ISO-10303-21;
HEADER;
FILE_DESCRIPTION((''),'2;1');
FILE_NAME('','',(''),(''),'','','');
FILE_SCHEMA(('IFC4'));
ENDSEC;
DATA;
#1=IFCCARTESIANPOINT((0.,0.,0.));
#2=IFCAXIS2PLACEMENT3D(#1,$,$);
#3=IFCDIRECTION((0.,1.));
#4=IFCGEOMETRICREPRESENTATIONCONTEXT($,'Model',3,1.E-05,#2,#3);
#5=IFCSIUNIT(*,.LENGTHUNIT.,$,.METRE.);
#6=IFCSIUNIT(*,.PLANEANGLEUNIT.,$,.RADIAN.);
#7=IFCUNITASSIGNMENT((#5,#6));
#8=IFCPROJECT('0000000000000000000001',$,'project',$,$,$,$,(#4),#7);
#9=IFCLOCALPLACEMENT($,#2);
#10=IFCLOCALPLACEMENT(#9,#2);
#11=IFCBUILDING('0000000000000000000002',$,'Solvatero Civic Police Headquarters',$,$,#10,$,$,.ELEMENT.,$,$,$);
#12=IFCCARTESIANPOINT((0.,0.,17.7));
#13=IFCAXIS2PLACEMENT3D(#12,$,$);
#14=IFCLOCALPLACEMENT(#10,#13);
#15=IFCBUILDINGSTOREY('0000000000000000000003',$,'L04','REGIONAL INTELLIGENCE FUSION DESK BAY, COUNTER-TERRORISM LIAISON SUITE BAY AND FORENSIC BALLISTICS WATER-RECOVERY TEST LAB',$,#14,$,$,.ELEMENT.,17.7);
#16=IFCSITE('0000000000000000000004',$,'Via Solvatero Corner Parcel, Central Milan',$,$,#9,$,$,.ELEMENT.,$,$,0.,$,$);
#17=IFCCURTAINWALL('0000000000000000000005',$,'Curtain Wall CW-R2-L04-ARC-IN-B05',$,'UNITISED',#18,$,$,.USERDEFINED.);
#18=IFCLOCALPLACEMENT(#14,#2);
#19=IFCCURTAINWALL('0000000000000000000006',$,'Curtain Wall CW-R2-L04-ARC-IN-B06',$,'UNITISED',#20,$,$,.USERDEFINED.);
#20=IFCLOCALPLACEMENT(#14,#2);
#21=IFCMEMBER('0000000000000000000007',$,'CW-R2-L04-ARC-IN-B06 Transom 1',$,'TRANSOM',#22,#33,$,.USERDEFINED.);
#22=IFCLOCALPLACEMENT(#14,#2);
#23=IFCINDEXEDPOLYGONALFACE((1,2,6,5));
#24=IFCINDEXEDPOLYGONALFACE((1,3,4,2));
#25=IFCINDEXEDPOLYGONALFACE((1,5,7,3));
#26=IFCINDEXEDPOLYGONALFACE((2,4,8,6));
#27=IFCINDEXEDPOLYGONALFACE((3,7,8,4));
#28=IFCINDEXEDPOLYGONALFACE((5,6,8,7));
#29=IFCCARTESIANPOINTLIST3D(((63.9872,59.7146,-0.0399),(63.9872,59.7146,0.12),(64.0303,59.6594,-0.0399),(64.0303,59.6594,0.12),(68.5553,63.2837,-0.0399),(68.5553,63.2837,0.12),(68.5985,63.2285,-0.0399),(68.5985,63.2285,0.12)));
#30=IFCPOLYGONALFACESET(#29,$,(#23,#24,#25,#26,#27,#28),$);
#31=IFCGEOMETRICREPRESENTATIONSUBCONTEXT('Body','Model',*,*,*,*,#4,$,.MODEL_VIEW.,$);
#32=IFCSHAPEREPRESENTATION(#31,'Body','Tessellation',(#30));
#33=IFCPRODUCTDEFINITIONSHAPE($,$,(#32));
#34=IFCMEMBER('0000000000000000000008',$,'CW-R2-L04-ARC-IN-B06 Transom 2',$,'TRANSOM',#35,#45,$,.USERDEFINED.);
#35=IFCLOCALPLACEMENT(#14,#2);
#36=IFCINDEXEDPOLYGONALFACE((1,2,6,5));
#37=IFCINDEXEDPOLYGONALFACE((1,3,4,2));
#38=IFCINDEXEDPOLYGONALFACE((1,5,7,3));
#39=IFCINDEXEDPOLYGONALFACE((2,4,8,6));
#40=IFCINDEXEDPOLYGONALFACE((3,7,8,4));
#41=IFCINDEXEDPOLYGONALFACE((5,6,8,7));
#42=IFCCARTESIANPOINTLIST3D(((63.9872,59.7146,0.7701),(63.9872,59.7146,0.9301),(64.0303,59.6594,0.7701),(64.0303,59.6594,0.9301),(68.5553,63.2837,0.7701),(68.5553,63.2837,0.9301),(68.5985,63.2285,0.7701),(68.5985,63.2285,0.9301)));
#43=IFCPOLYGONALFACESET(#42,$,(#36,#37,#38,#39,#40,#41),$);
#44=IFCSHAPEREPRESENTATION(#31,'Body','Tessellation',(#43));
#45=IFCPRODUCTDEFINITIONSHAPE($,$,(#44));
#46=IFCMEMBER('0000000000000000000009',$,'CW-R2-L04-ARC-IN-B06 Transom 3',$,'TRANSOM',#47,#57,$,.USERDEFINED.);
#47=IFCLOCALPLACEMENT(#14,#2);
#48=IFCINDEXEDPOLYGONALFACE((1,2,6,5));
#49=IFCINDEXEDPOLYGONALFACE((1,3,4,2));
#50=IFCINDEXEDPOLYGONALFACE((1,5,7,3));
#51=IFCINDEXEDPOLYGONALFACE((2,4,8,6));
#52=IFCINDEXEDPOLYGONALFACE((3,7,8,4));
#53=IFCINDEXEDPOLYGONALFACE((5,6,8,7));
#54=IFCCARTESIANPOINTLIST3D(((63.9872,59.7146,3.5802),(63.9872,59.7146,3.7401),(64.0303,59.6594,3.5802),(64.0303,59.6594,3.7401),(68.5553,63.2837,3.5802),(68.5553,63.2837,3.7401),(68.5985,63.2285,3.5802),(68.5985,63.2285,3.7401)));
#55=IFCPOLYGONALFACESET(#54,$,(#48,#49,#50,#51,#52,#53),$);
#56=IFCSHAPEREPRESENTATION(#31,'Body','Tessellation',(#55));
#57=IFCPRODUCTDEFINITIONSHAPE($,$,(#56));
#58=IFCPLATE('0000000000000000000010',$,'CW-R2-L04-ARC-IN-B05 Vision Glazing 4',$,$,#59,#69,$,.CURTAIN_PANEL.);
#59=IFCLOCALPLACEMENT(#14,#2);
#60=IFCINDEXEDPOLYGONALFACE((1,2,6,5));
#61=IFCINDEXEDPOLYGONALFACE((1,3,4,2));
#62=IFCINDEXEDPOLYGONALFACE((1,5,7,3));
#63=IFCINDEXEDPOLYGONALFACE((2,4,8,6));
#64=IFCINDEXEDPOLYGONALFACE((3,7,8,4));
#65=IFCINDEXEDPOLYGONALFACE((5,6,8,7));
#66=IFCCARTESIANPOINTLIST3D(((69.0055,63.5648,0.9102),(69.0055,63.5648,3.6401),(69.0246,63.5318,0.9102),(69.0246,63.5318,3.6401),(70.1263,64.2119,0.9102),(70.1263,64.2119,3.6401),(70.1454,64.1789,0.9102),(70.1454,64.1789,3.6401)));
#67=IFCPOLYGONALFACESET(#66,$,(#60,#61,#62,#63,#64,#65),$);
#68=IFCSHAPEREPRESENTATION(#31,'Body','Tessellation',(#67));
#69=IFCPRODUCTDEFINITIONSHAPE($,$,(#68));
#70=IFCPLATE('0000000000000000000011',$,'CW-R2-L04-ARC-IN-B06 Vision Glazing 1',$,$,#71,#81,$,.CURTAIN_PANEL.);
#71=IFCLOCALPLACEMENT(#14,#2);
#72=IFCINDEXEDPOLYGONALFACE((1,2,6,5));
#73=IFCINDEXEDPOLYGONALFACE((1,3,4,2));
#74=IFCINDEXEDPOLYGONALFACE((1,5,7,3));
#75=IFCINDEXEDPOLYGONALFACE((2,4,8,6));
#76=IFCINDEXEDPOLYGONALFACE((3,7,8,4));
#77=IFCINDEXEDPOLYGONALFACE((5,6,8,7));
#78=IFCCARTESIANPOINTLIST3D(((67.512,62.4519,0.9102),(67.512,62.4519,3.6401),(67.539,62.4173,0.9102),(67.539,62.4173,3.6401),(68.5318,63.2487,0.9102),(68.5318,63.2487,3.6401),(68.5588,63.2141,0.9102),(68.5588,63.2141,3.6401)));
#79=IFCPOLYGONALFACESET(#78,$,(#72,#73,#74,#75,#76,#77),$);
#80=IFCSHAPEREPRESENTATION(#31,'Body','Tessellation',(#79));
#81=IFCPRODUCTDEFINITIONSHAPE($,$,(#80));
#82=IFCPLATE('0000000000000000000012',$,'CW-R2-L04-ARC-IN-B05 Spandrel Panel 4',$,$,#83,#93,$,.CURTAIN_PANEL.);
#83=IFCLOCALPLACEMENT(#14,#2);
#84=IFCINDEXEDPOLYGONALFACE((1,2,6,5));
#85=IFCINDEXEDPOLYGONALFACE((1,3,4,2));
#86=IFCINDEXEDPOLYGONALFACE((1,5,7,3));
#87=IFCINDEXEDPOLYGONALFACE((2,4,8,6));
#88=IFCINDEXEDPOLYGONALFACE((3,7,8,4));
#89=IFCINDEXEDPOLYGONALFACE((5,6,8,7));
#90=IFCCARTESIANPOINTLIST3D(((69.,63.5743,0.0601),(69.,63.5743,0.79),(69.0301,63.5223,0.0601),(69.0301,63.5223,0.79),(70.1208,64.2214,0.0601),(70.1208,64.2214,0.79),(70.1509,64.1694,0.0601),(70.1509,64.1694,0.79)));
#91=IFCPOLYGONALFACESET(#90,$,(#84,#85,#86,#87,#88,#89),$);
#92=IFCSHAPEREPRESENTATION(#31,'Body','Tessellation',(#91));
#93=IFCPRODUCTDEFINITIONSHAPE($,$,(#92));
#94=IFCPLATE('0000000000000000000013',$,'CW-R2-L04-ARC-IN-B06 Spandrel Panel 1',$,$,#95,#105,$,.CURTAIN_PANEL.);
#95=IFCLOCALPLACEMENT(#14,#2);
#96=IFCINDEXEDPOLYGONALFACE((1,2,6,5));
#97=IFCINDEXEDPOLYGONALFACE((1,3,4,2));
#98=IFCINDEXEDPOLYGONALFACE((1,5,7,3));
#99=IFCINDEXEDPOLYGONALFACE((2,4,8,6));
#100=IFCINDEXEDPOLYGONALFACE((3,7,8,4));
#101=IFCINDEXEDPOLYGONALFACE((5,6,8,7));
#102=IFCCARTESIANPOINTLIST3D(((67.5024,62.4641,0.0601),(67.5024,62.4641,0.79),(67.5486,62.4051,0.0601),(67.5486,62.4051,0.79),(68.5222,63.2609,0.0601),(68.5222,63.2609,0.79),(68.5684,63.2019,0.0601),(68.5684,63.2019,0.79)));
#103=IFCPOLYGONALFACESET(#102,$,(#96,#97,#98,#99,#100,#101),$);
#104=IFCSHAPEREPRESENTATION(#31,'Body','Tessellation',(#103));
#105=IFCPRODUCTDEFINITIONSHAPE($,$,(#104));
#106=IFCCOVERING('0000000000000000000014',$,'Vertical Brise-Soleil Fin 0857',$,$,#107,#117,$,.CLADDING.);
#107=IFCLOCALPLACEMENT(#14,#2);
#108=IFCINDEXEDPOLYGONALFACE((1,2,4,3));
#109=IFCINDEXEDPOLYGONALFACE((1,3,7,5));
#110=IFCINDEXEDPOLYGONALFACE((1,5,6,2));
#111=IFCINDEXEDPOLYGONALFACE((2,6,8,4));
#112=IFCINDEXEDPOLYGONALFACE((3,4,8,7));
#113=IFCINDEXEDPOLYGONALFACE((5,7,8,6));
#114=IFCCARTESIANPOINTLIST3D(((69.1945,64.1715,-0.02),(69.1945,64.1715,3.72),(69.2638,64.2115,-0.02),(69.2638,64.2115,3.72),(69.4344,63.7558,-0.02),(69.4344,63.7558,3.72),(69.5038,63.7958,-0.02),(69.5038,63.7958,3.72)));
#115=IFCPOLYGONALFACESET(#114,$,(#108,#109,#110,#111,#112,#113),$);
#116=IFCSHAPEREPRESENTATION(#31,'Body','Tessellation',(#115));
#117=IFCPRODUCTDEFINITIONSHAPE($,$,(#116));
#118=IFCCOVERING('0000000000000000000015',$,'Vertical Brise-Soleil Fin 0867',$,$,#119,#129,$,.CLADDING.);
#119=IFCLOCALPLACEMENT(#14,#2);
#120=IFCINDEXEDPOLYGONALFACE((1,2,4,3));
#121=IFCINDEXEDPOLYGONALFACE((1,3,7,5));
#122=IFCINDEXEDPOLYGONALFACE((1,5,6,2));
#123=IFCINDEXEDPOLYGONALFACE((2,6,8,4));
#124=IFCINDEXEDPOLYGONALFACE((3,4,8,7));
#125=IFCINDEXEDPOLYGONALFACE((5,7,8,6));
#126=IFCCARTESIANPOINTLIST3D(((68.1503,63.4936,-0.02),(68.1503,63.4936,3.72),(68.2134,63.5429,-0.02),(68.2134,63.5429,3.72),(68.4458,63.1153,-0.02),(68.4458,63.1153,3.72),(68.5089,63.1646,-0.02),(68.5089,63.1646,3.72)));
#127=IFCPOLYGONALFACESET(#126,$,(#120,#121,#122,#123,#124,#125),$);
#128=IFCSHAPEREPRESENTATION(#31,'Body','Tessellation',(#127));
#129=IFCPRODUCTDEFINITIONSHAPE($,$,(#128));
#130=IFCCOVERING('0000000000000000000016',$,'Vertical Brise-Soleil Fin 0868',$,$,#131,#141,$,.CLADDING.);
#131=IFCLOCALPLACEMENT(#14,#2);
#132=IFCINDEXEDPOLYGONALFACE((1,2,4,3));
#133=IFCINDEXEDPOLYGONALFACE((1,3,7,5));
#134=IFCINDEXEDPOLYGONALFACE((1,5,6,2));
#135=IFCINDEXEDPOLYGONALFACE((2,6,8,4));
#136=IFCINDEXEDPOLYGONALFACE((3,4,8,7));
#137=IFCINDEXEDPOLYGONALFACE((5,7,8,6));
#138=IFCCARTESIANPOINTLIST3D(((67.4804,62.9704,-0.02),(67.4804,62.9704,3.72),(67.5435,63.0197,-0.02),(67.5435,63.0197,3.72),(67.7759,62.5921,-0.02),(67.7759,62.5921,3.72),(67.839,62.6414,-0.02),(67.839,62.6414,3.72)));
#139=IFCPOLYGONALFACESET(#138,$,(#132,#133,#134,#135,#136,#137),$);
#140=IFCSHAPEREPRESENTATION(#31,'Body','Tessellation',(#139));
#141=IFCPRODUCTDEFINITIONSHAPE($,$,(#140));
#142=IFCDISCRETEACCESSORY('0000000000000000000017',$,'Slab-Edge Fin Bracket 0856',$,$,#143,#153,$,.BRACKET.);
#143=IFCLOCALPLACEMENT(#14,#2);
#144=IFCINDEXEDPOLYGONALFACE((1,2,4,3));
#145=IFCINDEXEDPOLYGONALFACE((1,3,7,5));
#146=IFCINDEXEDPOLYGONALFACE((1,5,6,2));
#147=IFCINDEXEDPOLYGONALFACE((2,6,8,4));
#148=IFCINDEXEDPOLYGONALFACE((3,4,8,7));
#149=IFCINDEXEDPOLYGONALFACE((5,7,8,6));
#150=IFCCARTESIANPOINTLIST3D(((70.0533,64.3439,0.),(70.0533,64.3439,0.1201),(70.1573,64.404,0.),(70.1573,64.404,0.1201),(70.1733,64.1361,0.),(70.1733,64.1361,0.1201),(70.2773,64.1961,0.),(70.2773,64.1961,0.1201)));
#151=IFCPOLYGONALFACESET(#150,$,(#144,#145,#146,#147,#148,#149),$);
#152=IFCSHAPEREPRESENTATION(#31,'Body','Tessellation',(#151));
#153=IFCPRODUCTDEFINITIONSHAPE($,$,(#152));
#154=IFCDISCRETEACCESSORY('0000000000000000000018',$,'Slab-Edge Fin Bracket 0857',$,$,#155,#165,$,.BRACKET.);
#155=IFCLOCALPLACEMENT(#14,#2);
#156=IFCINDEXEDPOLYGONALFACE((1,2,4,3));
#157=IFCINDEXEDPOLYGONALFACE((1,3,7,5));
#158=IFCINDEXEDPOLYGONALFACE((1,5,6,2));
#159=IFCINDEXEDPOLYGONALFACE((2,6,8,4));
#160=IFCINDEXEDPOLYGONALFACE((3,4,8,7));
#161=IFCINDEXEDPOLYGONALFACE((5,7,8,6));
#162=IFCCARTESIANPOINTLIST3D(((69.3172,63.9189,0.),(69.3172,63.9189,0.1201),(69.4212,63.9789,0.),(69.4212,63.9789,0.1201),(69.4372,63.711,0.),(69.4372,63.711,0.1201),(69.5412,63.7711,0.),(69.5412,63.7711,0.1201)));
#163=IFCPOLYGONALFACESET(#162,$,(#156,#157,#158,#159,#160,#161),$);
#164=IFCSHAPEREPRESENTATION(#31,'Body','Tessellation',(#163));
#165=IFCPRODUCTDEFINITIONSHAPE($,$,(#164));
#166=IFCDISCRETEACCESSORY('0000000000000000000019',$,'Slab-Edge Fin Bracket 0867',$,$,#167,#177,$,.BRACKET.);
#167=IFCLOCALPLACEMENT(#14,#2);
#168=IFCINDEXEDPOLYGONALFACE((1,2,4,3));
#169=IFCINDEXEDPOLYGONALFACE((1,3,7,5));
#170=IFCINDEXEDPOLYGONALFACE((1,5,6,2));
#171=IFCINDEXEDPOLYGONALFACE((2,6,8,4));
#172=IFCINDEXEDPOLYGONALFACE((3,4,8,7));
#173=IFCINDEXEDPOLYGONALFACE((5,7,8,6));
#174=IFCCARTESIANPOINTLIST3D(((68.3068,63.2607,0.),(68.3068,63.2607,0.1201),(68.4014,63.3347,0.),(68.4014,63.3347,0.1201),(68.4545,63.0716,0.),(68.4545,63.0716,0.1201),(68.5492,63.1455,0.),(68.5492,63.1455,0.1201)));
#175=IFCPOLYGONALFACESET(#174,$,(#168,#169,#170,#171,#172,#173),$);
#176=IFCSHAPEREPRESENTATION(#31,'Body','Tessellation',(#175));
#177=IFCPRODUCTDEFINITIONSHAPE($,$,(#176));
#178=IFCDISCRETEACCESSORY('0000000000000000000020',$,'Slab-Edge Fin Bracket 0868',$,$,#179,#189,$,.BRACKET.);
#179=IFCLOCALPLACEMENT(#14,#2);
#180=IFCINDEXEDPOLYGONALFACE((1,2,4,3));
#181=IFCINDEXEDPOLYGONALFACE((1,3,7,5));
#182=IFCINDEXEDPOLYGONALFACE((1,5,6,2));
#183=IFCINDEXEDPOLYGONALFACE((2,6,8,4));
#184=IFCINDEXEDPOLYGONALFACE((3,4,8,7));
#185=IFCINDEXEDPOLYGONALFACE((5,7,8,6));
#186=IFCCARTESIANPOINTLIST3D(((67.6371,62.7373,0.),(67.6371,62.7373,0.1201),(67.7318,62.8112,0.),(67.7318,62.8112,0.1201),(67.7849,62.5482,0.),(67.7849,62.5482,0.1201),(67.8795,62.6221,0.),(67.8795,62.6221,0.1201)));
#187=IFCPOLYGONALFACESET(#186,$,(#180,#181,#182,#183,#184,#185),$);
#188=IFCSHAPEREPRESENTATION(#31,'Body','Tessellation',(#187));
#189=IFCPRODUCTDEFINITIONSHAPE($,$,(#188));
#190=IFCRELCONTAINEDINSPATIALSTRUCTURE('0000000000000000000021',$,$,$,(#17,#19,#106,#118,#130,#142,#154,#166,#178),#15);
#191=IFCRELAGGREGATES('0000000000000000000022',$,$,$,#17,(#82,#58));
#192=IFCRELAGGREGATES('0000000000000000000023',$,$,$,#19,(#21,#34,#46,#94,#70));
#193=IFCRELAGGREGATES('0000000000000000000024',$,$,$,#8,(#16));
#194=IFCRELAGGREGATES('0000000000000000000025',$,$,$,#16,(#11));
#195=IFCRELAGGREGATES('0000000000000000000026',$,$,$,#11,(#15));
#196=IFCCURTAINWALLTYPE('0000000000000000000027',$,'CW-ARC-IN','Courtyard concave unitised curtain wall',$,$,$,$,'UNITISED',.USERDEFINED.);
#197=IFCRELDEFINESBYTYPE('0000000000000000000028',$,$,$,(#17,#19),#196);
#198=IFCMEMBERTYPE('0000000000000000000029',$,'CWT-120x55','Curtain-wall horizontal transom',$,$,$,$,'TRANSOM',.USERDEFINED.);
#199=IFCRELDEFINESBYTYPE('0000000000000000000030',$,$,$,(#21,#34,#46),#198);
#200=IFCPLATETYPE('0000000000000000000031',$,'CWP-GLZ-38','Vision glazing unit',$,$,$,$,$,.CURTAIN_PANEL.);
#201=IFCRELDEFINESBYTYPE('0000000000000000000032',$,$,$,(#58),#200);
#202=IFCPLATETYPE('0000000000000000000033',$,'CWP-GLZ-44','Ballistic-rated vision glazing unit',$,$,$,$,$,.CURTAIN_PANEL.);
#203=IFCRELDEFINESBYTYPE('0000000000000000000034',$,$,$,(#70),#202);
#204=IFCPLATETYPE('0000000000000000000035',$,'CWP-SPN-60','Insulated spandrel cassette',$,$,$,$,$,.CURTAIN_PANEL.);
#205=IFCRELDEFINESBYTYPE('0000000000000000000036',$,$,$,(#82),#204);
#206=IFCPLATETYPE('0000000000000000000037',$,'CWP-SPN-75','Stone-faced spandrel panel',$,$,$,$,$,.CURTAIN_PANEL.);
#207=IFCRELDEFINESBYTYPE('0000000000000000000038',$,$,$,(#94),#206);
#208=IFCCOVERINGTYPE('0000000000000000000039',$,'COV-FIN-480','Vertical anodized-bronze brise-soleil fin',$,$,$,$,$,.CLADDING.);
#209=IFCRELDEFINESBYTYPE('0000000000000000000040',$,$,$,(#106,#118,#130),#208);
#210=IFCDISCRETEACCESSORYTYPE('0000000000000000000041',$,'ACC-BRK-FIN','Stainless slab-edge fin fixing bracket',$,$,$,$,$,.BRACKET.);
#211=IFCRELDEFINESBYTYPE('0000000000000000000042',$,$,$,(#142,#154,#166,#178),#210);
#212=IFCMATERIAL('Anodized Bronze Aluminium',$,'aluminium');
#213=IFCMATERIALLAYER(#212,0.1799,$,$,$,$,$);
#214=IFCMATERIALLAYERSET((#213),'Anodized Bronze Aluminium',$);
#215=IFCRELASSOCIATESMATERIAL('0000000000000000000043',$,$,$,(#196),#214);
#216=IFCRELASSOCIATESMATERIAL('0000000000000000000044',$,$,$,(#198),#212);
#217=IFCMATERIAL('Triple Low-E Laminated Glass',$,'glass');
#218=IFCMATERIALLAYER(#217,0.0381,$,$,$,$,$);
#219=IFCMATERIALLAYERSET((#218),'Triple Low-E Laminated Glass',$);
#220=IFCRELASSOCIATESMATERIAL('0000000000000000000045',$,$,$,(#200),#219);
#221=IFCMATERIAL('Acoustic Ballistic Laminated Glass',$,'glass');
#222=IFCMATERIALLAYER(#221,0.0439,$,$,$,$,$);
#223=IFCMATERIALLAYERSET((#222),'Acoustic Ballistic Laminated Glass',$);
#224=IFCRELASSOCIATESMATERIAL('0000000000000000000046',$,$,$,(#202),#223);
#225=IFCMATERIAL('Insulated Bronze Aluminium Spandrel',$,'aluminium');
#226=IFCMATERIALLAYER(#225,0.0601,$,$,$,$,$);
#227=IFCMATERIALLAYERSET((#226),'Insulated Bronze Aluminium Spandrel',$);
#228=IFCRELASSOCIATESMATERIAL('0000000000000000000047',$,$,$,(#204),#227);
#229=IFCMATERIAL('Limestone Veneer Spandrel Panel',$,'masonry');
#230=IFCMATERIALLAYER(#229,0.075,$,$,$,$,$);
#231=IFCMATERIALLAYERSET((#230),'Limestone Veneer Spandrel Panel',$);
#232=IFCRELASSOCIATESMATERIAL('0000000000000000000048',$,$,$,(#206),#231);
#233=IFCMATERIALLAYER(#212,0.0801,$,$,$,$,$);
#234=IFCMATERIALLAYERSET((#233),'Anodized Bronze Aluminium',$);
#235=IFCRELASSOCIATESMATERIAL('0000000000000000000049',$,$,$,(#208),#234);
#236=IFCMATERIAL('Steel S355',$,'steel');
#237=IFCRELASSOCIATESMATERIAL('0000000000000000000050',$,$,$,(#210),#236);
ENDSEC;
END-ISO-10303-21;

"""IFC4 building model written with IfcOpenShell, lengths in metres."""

from ifc_helpers import new_model, si_unit, direction, frame, origin, origin_2d, place, context, subcontext, project, spatial, rectangle, extrude, material, layer, layer_set, material_profile, profile_set, type_object, element, aggregate, save


model = new_model("IFC4")

# Units and contexts
model_context = context("Model", 3, precision=1e-05, world=origin(), true_north=direction((0.0, 1.0)))
body_context = subcontext(model_context, "Body", "Model", "MODEL_VIEW")
ifc_project = project(units=[si_unit("LENGTHUNIT", "METRE"), si_unit("PLANEANGLEUNIT", "RADIAN")], contexts=[model_context])

# Site, building, storey
site_placement = place(None, origin())
site = spatial("IfcSite", under=ifc_project, at=site_placement, Name="Via Solvatero Corner Parcel, Central Milan", CompositionType="ELEMENT", RefElevation=0.0)
building_placement = place(site_placement, origin())
building = spatial("IfcBuilding", under=site, at=building_placement, Name="Solvatero Civic Police Headquarters", CompositionType="ELEMENT")
storey_placement = place(building_placement, frame((0.0, 0.0, 17.7)))
storey = spatial("IfcBuildingStorey", under=building, at=storey_placement, Name="L04", Description="REGIONAL INTELLIGENCE FUSION DESK BAY, COUNTER-TERRORISM LIAISON SUITE BAY AND FORENSIC BALLISTICS WATER-RECOVERY TEST LAB", CompositionType="ELEMENT", Elevation=17.7)

# Shared definitions
ifc_material_1 = material(Name="Steel S355", Category="steel")

# Curtain walls, members
ifc_material_2 = material(Name="Anodized Bronze Aluminium", Category="aluminium")
ifc_layer_1 = layer(ifc_material_2, 0.1799)
ifc_layer_set_1 = layer_set([ifc_layer_1], Name="Anodized Bronze Aluminium")
curtain_wall_type = type_object("IfcCurtainWallType", Name="CW-ARC-IN", Description="Courtyard concave unitised curtain wall", ElementType="UNITISED", PredefinedType="USERDEFINED", material=ifc_layer_set_1)
curtain_wall_1_placement = place(storey_placement, origin())
curtain_wall_1 = element("IfcCurtainWall", 1, at=curtain_wall_1_placement, inside=storey, type_object=curtain_wall_type, Name="Curtain Wall CW-R2-L04-ARC-IN-B05", ObjectType="UNITISED", PredefinedType="USERDEFINED")
curtain_wall_2_placement = place(storey_placement, origin())
curtain_wall_2 = element("IfcCurtainWall", 2, at=curtain_wall_2_placement, inside=storey, type_object=curtain_wall_type, Name="Curtain Wall CW-R2-L04-ARC-IN-B06", ObjectType="UNITISED", PredefinedType="USERDEFINED")
ifc_material_profile_1 = material_profile(ifc_material_2, rectangle(XDim=0.0701, YDim=0.1599, at=origin_2d()), Name="ALU TRANSOM 70x160")
ifc_profile_set_1 = profile_set([ifc_material_profile_1], Name="Anodized Bronze Aluminium")
member_type_1 = type_object("IfcMemberType", Name="CWT-120x55", Description="Curtain-wall horizontal transom", ElementType="TRANSOM", PredefinedType="USERDEFINED", material=ifc_profile_set_1)
member_1_placement = place(storey_placement, frame((68.5769, 63.2561, 0.04), z_axis=(-0.788003, -0.615671, 0.0), x_axis=(0.615671, -0.788003, 0.0)))
member_1 = element("IfcMember", 3, at=member_1_placement, type_object=member_type_1, Name="CW-R2-L04-ARC-IN-B06 Transom 1", ObjectType="TRANSOM", PredefinedType="USERDEFINED", context=body_context, shape_type="SweptSolid", body=[
    extrude(rectangle(XDim=0.0701, YDim=0.1599, at=origin_2d()), origin(), (0.0, 0.0, 1.0), 5.7971),
])
member_2_placement = place(storey_placement, frame((68.5769, 63.2561, 0.8501), z_axis=(-0.788003, -0.615671, 0.0), x_axis=(0.615671, -0.788003, 0.0)))
member_2 = element("IfcMember", 4, at=member_2_placement, type_object=member_type_1, Name="CW-R2-L04-ARC-IN-B06 Transom 2", ObjectType="TRANSOM", PredefinedType="USERDEFINED", context=body_context, shape_type="SweptSolid", body=[
    extrude(rectangle(XDim=0.0701, YDim=0.1599, at=origin_2d()), origin(), (0.0, 0.0, 1.0), 5.7971),
])
member_3_placement = place(storey_placement, frame((68.5769, 63.2561, 3.6602), z_axis=(-0.788003, -0.615671, 0.0), x_axis=(0.615671, -0.788003, 0.0)))
member_3 = element("IfcMember", 5, at=member_3_placement, type_object=member_type_1, Name="CW-R2-L04-ARC-IN-B06 Transom 3", ObjectType="TRANSOM", PredefinedType="USERDEFINED", context=body_context, shape_type="SweptSolid", body=[
    extrude(rectangle(XDim=0.0701, YDim=0.1599, at=origin_2d()), origin(), (0.0, 0.0, 1.0), 5.7971),
])

# Plates
ifc_material_3 = material(Name="Triple Low-E Laminated Glass", Category="glass")
ifc_layer_2 = layer(ifc_material_3, 0.0381)
ifc_layer_set_2 = layer_set([ifc_layer_2], Name="Triple Low-E Laminated Glass")
plate_type_1 = type_object("IfcPlateType", Name="CWP-GLZ-38", Description="Vision glazing unit", PredefinedType="CURTAIN_PANEL", material=ifc_layer_set_2)
plate_1_placement = place(storey_placement, frame((69.5754, 63.8718, 0.9102), z_axis=(0.0, 0.0, 1.0), x_axis=(-0.866025, -0.5, 0.0)))
plate_1 = element("IfcPlate", 6, at=plate_1_placement, type_object=plate_type_1, Name="CW-R2-L04-ARC-IN-B05 Vision Glazing 4", PredefinedType="CURTAIN_PANEL", context=body_context, shape_type="SweptSolid", body=[
    extrude(rectangle(XDim=1.2942, YDim=0.0381, at=origin_2d()), origin(), (0.0, 0.0, 1.0), 2.73),
])
ifc_material_4 = material(Name="Acoustic Ballistic Laminated Glass", Category="glass")
ifc_layer_3 = layer(ifc_material_4, 0.0439)
ifc_layer_set_3 = layer_set([ifc_layer_3], Name="Acoustic Ballistic Laminated Glass")
plate_type_2 = type_object("IfcPlateType", Name="CWP-GLZ-44", Description="Ballistic-rated vision glazing unit", PredefinedType="CURTAIN_PANEL", material=ifc_layer_set_3)
plate_2_placement = place(storey_placement, frame((68.0354, 62.833, 0.9102), z_axis=(0.0, 0.0, 1.0), x_axis=(-0.788011, -0.615661, 0.0)))
plate_2 = element("IfcPlate", 7, at=plate_2_placement, type_object=plate_type_2, Name="CW-R2-L04-ARC-IN-B06 Vision Glazing 1", PredefinedType="CURTAIN_PANEL", context=body_context, shape_type="SweptSolid", body=[
    extrude(rectangle(XDim=1.2942, YDim=0.0439, at=origin_2d()), origin(), (0.0, 0.0, 1.0), 2.73),
])
ifc_material_5 = material(Name="Insulated Bronze Aluminium Spandrel", Category="aluminium")
ifc_layer_4 = layer(ifc_material_5, 0.0601)
ifc_layer_set_4 = layer_set([ifc_layer_4], Name="Insulated Bronze Aluminium Spandrel")
plate_type_3 = type_object("IfcPlateType", Name="CWP-SPN-60", Description="Insulated spandrel cassette", PredefinedType="CURTAIN_PANEL", material=ifc_layer_set_4)
plate_3_placement = place(storey_placement, frame((69.5754, 63.8718, 0.0601), z_axis=(0.0, 0.0, 1.0), x_axis=(-0.866025, -0.5, 0.0)))
plate_3 = element("IfcPlate", 8, at=plate_3_placement, type_object=plate_type_3, Name="CW-R2-L04-ARC-IN-B05 Spandrel Panel 4", PredefinedType="CURTAIN_PANEL", context=body_context, shape_type="SweptSolid", body=[
    extrude(rectangle(XDim=1.2942, YDim=0.0601, at=origin_2d()), origin(), (0.0, 0.0, 1.0), 0.73),
])
aggregate(curtain_wall_1, [plate_3, plate_1])
ifc_material_6 = material(Name="Limestone Veneer Spandrel Panel", Category="masonry")
ifc_layer_5 = layer(ifc_material_6, 0.075)
ifc_layer_set_5 = layer_set([ifc_layer_5], Name="Limestone Veneer Spandrel Panel")
plate_type_4 = type_object("IfcPlateType", Name="CWP-SPN-75", Description="Stone-faced spandrel panel", PredefinedType="CURTAIN_PANEL", material=ifc_layer_set_5)
plate_4_placement = place(storey_placement, frame((68.0354, 62.833, 0.0601), z_axis=(0.0, 0.0, 1.0), x_axis=(-0.788011, -0.615661, 0.0)))
plate_4 = element("IfcPlate", 9, at=plate_4_placement, type_object=plate_type_4, Name="CW-R2-L04-ARC-IN-B06 Spandrel Panel 1", PredefinedType="CURTAIN_PANEL", context=body_context, shape_type="SweptSolid", body=[
    extrude(rectangle(XDim=1.2942, YDim=0.075, at=origin_2d()), origin(), (0.0, 0.0, 1.0), 0.73),
])
aggregate(curtain_wall_2, [member_1, member_2, member_3, plate_4, plate_2])

# Coverings
ifc_layer_6 = layer(ifc_material_2, 0.0801)
ifc_layer_set_6 = layer_set([ifc_layer_6], Name="Anodized Bronze Aluminium")
covering_type = type_object("IfcCoveringType", Name="COV-FIN-480", Description="Vertical anodized-bronze brise-soleil fin", PredefinedType="CLADDING", material=ifc_layer_set_6)
for number, where, z_axis, x_axis, name in (
    (10, (69.3491, 63.9836, -0.02), (0.0, 0.0, 1.0), (-0.866025, -0.5, 0.0), "Vertical Brise-Soleil Fin 0857"),
    (11, (68.3296, 63.3291, -0.02), (0.0, 0.0, 1.0), (-0.788011, -0.615661, 0.0), "Vertical Brise-Soleil Fin 0867"),
    (12, (67.6597, 62.8059, -0.02), (0.0, 0.0, 1.0), (-0.788011, -0.615661, 0.0), "Vertical Brise-Soleil Fin 0868"),
):
    element("IfcCovering", number, at=place(storey_placement, frame(where, z_axis=z_axis, x_axis=x_axis)), inside=storey, type_object=covering_type, Name=name, PredefinedType="CLADDING", context=body_context, shape_type="SweptSolid", body=[
        extrude(rectangle(XDim=0.0801, YDim=0.48, at=origin_2d()), origin(), (0.0, 0.0, 1.0), 3.74),
    ])

# Discrete accessories
discrete_accessory_type = type_object("IfcDiscreteAccessoryType", Name="ACC-BRK-FIN", Description="Stainless slab-edge fin fixing bracket", PredefinedType="BRACKET", material=ifc_material_1)
for number, where, z_axis, x_axis, name in (
    (13, (70.1653, 64.27, 0.0), (0.0, 0.0, 1.0), (-0.866025, -0.5, 0.0), "Slab-Edge Fin Bracket 0856"),
    (14, (69.4292, 63.845, 0.0), (0.0, 0.0, 1.0), (-0.866025, -0.5, 0.0), "Slab-Edge Fin Bracket 0857"),
    (15, (68.428, 63.2031, 0.0), (0.0, 0.0, 1.0), (-0.788011, -0.615661, 0.0), "Slab-Edge Fin Bracket 0867"),
    (16, (67.7583, 62.6797, 0.0), (0.0, 0.0, 1.0), (-0.788011, -0.615661, 0.0), "Slab-Edge Fin Bracket 0868"),
):
    element("IfcDiscreteAccessory", number, at=place(storey_placement, frame(where, z_axis=z_axis, x_axis=x_axis)), inside=storey, type_object=discrete_accessory_type, Name=name, PredefinedType="BRACKET", context=body_context, shape_type="SweptSolid", body=[
        extrude(rectangle(XDim=0.1201, YDim=0.24, at=origin_2d()), origin(), (0.0, 0.0, 1.0), 0.1201),
    ])

save(model, "model.ifc")
